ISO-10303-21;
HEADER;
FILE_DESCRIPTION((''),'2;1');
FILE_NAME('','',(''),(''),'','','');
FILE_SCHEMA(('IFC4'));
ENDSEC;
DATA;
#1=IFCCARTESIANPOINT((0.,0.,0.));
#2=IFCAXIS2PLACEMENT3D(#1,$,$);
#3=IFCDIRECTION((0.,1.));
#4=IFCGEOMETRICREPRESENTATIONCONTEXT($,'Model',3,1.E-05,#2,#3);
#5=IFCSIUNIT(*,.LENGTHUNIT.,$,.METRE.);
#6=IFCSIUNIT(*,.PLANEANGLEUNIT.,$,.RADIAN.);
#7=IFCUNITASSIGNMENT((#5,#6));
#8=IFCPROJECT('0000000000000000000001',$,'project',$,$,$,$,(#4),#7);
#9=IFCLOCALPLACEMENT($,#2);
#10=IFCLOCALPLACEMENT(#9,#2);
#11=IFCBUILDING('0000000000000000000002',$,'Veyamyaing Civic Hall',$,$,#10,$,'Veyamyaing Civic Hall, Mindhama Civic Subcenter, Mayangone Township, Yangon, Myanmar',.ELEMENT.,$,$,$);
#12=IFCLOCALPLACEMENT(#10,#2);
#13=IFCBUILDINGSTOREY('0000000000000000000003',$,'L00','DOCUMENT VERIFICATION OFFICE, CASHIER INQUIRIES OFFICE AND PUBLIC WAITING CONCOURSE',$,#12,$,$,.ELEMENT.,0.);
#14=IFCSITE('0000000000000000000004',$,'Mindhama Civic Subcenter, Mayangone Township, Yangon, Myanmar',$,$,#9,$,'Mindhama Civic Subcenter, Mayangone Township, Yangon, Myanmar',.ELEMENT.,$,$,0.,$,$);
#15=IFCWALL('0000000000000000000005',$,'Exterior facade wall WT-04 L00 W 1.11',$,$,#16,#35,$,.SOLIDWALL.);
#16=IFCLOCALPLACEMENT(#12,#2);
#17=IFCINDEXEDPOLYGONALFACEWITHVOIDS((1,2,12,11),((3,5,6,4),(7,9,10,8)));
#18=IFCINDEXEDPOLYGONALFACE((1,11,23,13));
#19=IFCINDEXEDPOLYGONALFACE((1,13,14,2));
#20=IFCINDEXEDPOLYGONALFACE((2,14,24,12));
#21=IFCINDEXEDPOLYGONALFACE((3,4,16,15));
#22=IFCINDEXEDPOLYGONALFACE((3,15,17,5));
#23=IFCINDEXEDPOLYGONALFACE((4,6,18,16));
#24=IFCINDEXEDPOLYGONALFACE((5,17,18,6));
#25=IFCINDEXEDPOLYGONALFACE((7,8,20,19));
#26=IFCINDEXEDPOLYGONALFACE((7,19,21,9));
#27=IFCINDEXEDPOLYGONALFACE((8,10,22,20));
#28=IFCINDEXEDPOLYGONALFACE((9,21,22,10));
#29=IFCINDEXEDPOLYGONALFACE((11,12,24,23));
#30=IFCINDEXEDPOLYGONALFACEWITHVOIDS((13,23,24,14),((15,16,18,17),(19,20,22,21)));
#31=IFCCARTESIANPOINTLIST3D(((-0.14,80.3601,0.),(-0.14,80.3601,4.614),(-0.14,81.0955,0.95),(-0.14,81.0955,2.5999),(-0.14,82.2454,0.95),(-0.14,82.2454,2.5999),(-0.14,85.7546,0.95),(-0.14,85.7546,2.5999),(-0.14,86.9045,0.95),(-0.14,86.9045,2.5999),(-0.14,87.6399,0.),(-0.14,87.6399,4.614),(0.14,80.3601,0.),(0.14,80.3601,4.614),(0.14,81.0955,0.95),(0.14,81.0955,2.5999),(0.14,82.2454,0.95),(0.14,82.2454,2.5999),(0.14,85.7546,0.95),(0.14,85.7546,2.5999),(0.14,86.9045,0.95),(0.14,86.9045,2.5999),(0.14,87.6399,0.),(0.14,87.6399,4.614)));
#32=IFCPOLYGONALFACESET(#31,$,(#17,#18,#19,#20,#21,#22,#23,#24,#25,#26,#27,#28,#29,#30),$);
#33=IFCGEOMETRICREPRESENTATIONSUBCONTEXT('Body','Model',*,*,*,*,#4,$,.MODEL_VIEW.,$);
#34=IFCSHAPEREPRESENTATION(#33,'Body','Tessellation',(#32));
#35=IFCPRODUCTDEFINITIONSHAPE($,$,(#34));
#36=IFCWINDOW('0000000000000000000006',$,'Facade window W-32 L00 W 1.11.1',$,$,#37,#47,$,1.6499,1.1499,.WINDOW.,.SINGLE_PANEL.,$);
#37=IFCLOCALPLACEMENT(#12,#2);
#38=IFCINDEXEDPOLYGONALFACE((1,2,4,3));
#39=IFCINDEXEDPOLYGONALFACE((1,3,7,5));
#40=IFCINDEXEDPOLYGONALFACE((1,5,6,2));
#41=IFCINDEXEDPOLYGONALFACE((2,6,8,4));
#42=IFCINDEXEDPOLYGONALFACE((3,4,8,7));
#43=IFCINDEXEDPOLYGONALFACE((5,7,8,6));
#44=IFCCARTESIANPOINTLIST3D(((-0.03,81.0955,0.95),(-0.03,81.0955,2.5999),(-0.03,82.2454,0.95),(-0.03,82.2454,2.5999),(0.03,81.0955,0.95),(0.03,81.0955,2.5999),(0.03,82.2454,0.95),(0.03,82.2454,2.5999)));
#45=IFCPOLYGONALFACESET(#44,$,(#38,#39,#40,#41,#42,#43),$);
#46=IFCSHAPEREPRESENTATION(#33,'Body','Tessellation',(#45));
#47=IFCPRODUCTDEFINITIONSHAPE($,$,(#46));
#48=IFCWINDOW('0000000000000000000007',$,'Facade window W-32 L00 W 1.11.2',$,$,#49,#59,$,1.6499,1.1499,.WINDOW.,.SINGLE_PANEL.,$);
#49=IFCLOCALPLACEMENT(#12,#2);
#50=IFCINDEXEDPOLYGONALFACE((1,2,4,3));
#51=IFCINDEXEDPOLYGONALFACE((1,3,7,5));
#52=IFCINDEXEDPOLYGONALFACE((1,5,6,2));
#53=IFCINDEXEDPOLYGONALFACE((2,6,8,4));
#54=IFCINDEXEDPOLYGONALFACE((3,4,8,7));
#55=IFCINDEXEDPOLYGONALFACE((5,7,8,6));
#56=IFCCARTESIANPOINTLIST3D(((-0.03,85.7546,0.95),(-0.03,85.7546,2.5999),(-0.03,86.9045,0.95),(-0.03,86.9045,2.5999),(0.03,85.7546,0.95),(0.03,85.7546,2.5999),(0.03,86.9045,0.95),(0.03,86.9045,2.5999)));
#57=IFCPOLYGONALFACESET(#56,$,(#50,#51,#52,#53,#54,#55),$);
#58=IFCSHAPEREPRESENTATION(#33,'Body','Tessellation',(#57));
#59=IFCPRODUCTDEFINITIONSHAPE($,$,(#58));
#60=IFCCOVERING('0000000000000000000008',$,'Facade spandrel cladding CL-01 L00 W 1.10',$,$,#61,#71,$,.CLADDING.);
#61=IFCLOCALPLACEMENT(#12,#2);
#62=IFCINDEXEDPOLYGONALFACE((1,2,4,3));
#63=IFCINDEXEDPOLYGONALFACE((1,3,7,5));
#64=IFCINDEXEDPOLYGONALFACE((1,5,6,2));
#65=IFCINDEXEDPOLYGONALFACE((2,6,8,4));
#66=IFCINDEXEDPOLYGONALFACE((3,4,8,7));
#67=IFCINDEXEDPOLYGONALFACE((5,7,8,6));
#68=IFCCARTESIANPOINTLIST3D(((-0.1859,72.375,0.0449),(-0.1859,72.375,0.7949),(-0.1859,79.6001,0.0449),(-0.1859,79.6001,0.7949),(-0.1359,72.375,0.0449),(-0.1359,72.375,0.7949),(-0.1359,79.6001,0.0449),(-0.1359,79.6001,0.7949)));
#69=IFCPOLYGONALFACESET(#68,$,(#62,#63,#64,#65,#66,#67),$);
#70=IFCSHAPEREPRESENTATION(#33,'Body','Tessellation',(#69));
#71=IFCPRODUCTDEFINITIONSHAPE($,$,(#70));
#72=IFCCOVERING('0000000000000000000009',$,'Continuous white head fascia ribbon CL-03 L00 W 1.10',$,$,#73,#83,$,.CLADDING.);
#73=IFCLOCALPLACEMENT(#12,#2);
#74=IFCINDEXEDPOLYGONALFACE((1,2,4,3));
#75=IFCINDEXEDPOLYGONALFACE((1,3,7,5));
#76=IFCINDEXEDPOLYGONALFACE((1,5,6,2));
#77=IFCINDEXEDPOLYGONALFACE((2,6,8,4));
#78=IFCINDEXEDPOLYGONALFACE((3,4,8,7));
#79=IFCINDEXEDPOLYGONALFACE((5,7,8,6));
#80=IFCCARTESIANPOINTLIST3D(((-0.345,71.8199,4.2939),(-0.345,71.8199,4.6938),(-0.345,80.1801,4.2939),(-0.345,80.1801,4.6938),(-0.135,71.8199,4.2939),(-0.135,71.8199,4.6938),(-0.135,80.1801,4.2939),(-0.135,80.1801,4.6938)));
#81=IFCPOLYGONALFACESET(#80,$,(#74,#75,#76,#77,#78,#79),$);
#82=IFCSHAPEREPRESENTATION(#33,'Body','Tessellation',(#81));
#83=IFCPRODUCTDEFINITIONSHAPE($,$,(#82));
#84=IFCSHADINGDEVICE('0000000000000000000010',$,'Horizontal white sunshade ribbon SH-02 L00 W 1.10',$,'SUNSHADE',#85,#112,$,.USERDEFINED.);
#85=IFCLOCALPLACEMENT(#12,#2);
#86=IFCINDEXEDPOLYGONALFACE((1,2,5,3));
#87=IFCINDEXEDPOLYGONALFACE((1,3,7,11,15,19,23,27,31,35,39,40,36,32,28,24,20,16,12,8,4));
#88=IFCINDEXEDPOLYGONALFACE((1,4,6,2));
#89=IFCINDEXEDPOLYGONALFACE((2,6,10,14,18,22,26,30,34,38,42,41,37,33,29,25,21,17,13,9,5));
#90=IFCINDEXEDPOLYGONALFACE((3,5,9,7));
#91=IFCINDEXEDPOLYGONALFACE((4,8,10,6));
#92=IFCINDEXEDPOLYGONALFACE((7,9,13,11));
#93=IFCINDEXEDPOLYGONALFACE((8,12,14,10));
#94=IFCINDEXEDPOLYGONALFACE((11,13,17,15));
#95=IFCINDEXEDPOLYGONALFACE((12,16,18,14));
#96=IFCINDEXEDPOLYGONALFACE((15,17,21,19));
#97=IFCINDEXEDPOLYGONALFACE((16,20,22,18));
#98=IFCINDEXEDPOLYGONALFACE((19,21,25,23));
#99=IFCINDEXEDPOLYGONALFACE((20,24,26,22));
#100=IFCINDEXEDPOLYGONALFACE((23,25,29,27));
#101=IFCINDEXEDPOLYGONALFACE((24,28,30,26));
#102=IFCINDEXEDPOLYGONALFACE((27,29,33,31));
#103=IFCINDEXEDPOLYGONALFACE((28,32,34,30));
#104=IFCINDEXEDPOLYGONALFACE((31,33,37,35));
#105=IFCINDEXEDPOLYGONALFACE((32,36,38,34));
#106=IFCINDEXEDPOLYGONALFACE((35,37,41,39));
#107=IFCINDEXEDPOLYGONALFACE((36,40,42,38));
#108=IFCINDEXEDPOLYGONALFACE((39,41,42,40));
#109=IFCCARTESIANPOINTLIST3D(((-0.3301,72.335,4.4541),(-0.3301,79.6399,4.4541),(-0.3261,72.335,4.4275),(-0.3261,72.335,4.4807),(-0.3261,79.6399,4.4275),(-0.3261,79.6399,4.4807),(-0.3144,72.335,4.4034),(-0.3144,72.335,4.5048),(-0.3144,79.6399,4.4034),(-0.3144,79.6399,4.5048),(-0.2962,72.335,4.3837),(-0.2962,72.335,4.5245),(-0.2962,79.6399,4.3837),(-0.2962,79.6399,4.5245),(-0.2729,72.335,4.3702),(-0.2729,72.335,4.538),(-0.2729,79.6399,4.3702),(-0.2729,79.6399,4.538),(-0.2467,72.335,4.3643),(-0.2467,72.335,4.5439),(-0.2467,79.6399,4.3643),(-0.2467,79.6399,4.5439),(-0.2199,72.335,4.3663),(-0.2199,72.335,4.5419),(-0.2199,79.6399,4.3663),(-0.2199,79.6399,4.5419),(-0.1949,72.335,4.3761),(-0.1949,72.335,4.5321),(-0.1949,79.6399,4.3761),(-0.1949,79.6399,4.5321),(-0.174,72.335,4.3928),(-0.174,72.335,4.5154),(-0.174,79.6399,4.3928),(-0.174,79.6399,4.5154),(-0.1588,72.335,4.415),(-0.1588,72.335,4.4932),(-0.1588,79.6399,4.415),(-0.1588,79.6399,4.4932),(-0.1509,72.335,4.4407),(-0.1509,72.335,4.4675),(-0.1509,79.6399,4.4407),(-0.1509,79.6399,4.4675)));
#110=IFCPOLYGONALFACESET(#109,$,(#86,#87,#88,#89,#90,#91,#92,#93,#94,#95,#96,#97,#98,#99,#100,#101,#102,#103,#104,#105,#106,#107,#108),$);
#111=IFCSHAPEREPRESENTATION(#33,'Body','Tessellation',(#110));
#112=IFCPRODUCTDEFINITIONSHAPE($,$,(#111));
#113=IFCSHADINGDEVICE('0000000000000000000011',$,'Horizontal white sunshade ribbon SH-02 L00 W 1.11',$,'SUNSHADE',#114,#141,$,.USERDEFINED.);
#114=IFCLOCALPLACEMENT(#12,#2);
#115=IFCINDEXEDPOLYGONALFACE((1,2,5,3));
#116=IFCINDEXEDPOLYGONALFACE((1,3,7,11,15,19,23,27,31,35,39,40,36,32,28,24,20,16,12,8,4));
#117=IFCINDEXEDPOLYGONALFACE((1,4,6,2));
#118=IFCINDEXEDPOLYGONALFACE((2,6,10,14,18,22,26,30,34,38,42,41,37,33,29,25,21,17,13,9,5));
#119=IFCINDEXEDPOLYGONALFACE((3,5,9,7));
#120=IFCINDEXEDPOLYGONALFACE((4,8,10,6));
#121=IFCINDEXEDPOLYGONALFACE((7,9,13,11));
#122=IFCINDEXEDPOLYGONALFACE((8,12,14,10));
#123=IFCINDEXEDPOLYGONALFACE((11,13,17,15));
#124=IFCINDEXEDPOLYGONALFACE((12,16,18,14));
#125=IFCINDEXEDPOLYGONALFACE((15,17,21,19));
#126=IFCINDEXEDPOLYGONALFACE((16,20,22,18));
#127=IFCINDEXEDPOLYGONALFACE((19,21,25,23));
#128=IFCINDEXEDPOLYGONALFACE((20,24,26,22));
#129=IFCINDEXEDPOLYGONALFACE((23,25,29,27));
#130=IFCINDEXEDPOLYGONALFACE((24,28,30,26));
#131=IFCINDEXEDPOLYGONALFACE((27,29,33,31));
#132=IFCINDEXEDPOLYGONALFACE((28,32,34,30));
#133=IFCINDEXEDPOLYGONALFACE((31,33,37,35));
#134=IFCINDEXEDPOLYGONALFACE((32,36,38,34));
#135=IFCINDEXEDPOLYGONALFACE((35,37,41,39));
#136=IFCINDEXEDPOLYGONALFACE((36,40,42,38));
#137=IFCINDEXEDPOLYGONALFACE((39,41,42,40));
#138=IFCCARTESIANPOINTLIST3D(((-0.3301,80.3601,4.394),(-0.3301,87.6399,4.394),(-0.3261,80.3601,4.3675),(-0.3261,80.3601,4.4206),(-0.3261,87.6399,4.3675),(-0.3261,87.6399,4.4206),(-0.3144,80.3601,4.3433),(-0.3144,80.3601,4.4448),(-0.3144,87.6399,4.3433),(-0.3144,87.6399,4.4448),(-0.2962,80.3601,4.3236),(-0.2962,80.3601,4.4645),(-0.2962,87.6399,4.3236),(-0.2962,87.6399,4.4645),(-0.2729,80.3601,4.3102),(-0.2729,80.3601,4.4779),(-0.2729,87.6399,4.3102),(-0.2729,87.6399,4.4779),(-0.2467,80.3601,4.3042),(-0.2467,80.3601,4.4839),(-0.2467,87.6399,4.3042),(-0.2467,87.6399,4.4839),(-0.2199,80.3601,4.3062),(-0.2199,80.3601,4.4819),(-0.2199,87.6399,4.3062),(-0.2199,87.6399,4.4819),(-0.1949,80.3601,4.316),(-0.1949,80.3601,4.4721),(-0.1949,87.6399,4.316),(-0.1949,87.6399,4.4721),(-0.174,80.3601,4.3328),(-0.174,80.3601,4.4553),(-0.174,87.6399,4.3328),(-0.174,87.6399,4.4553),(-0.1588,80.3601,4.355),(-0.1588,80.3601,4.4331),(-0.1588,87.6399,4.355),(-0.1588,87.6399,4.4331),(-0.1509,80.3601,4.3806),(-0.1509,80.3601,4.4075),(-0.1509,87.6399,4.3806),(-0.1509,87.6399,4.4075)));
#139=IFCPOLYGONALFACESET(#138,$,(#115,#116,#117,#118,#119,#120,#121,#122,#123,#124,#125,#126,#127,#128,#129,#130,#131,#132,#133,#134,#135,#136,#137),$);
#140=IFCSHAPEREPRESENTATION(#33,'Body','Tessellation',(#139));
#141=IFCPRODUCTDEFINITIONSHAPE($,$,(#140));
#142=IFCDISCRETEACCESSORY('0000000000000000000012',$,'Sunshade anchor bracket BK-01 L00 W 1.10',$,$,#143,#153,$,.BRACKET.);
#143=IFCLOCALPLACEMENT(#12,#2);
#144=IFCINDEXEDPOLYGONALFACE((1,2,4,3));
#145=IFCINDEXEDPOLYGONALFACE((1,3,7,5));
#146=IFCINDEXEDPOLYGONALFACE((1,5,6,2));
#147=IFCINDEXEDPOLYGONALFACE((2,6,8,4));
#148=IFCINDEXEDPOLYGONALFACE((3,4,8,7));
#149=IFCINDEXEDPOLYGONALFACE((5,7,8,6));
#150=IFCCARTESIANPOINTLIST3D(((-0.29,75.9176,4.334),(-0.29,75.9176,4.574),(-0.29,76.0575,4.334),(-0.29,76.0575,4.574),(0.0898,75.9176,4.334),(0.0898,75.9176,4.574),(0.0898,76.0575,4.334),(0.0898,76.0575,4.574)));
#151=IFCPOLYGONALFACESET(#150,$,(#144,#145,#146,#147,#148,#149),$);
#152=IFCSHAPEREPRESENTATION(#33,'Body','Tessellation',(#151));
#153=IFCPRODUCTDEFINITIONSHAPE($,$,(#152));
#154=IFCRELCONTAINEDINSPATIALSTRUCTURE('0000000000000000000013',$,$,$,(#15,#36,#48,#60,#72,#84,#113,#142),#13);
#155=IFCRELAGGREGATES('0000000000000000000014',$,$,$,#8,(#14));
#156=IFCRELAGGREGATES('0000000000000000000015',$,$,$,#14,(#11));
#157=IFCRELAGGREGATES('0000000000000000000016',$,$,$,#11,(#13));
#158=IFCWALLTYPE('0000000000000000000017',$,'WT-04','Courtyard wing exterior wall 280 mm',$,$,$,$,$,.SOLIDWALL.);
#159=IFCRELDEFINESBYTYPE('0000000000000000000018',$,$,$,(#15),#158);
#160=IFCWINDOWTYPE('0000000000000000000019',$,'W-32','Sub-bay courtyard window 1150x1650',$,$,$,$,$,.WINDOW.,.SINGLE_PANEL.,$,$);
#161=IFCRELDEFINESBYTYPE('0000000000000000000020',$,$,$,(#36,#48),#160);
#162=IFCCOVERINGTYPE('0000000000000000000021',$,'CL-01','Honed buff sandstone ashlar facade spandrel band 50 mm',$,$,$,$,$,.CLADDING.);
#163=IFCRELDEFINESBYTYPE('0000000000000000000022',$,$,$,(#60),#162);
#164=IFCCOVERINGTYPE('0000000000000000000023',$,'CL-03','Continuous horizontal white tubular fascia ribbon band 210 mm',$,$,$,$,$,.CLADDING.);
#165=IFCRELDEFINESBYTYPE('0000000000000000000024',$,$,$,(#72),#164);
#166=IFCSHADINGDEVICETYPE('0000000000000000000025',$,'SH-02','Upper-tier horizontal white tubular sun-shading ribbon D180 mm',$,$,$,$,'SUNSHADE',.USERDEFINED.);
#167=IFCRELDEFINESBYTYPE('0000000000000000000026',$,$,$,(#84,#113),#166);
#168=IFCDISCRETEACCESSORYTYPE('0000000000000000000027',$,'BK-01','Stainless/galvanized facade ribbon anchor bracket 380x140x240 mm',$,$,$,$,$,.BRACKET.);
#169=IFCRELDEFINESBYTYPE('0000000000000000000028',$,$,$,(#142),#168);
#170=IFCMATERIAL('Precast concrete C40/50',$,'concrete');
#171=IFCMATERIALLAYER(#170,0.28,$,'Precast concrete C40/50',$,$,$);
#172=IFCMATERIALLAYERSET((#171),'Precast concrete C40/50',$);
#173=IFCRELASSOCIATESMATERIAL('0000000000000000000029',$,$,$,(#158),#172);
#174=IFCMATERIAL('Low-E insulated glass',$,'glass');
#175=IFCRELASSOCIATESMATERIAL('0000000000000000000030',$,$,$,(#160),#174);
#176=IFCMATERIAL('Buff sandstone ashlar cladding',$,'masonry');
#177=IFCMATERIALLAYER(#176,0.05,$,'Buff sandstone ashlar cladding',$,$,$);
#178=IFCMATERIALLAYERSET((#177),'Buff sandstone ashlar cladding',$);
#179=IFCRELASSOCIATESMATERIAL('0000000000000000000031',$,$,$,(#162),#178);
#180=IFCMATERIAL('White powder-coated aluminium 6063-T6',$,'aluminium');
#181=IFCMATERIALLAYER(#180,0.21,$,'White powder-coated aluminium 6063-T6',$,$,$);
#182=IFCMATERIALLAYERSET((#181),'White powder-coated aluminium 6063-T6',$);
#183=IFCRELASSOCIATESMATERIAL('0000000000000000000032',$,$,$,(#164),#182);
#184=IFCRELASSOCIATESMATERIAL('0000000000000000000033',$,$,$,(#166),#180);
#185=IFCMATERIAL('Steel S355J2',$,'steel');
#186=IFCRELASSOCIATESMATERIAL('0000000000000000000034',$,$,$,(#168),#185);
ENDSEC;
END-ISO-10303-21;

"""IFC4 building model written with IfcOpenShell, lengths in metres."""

from ifc_helpers import new_model, si_unit, direction, frame, frame_2d, origin, origin_2d, place, context, subcontext, project, spatial, rectangle, circle, extrude, material, layer, layer_set, material_profile, profile_set, type_object, element, fill, save


model = new_model("IFC4")

# Units and contexts
model_context = context("Model", 3, precision=1e-05, world=origin(), true_north=direction((0.0, 1.0)))
body_context = subcontext(model_context, "Body", "Model", "MODEL_VIEW")
ifc_project = project(units=[si_unit("LENGTHUNIT", "METRE"), si_unit("PLANEANGLEUNIT", "RADIAN")], contexts=[model_context])

# Site, building, storey
site_placement = place(None, origin())
site = spatial("IfcSite", under=ifc_project, at=site_placement, Name="Mindhama Civic Subcenter, Mayangone Township, Yangon, Myanmar", LongName="Mindhama Civic Subcenter, Mayangone Township, Yangon, Myanmar", CompositionType="ELEMENT", RefElevation=0.0)
building_placement = place(site_placement, origin())
building = spatial("IfcBuilding", under=site, at=building_placement, Name="Veyamyaing Civic Hall", LongName="Veyamyaing Civic Hall, Mindhama Civic Subcenter, Mayangone Township, Yangon, Myanmar", CompositionType="ELEMENT")
storey_placement = place(building_placement, origin())
storey = spatial("IfcBuildingStorey", under=building, at=storey_placement, Name="L00", Description="DOCUMENT VERIFICATION OFFICE, CASHIER INQUIRIES OFFICE AND PUBLIC WAITING CONCOURSE", CompositionType="ELEMENT", Elevation=0.0)

# Shared definitions
ifc_material_1 = material(Name="Low-E insulated glass", Category="glass")

# Shared definitions
ifc_material_2 = material(Name="Precast concrete C40/50", Category="concrete")
ifc_layer_1 = layer(ifc_material_2, 0.28, Name="Precast concrete C40/50")
ifc_layer_set_1 = layer_set([ifc_layer_1], Name="Precast concrete C40/50")
wall_type = type_object("IfcWallType", Name="WT-04", Description="Courtyard wing exterior wall 280 mm", PredefinedType="SOLIDWALL", material=ifc_layer_set_1)

# Wall, openings, windows
wall_1_placement = place(storey_placement, frame((0.0, 80.3601, 0.0), z_axis=(0.0, 0.0, 1.0), x_axis=(0.0, 1.0, 0.0)))
wall_1 = element("IfcWall", 1, at=wall_1_placement, inside=storey, type_object=wall_type, Name="Exterior facade wall WT-04 L00 W 1.11", PredefinedType="SOLIDWALL", context=body_context, shape_type="SweptSolid", body=[
    extrude(rectangle(XDim=7.2798, YDim=0.28, at=frame_2d((3.6399, 0.0))), origin(), (0.0, 0.0, 1.0), 4.614),
])
opening_1_placement = place(wall_1_placement, frame((0.7354, 0.0, 0.95)))
opening_1 = element("IfcOpeningElement", 2, at=opening_1_placement, cuts=wall_1, PredefinedType="OPENING", context=body_context, shape_type="SweptSolid", body=[
    extrude(rectangle(XDim=1.1499, YDim=1.6499, at=frame_2d((0.575, 0.825))), frame((0.0, 0.1499, 0.0), z_axis=(0.0, -1.0, 0.0), x_axis=(1.0, 0.0, 0.0)), (0.0, 0.0, 1.0), 0.3),
])
opening_2_placement = place(wall_1_placement, frame((5.3945, 0.0, 0.95)))
opening_2 = element("IfcOpeningElement", 3, at=opening_2_placement, cuts=wall_1, PredefinedType="OPENING", context=body_context, shape_type="SweptSolid", body=[
    extrude(rectangle(XDim=1.1499, YDim=1.6499, at=frame_2d((0.575, 0.825))), frame((0.0, 0.1499, 0.0), z_axis=(0.0, -1.0, 0.0), x_axis=(1.0, 0.0, 0.0)), (0.0, 0.0, 1.0), 0.3),
])
window_type_1 = type_object("IfcWindowType", Name="W-32", Description="Sub-bay courtyard window 1150x1650", PartitioningType="SINGLE_PANEL", PredefinedType="WINDOW", material=ifc_material_1)
window_1_placement = place(opening_1_placement, origin())
window_1 = element("IfcWindow", 4, at=window_1_placement, inside=storey, type_object=window_type_1, Name="Facade window W-32 L00 W 1.11.1", OverallHeight=1.6499, OverallWidth=1.1499, PartitioningType="SINGLE_PANEL", PredefinedType="WINDOW", context=body_context, shape_type="SweptSolid", body=[
    extrude(rectangle(XDim=1.1499, YDim=1.6499, at=frame_2d((0.575, 0.825))), frame((0.0, 0.03, 0.0), z_axis=(0.0, -1.0, 0.0), x_axis=(1.0, 0.0, 0.0)), (0.0, 0.0, 1.0), 0.0601),
])
fill(opening_1, window_1)
window_2_placement = place(opening_2_placement, origin())
window_2 = element("IfcWindow", 5, at=window_2_placement, inside=storey, type_object=window_type_1, Name="Facade window W-32 L00 W 1.11.2", OverallHeight=1.6499, OverallWidth=1.1499, PartitioningType="SINGLE_PANEL", PredefinedType="WINDOW", context=body_context, shape_type="SweptSolid", body=[
    extrude(rectangle(XDim=1.1499, YDim=1.6499, at=frame_2d((0.575, 0.825))), frame((0.0, 0.03, 0.0), z_axis=(0.0, -1.0, 0.0), x_axis=(1.0, 0.0, 0.0)), (0.0, 0.0, 1.0), 0.0601),
])
fill(opening_2, window_2)

# Coverings
ifc_material_3 = material(Name="Buff sandstone ashlar cladding", Category="masonry")
ifc_layer_2 = layer(ifc_material_3, 0.05, Name="Buff sandstone ashlar cladding")
ifc_layer_set_2 = layer_set([ifc_layer_2], Name="Buff sandstone ashlar cladding")
covering_type_1 = type_object("IfcCoveringType", Name="CL-01", Description="Honed buff sandstone ashlar facade spandrel band 50 mm", PredefinedType="CLADDING", material=ifc_layer_set_2)
covering_1_placement = place(storey_placement, frame((-0.1609, 75.9875, 0.0449), z_axis=(0.0, 0.0, 1.0), x_axis=(0.0, 1.0, 0.0)))
element("IfcCovering", 6, at=covering_1_placement, inside=storey, type_object=covering_type_1, Name="Facade spandrel cladding CL-01 L00 W 1.10", PredefinedType="CLADDING", context=body_context, shape_type="SweptSolid", body=[
    extrude(rectangle(XDim=7.2251, YDim=0.05, at=origin_2d()), origin(), (0.0, 0.0, 1.0), 0.75),
])
ifc_material_4 = material(Name="White powder-coated aluminium 6063-T6", Category="aluminium")
ifc_layer_3 = layer(ifc_material_4, 0.21, Name="White powder-coated aluminium 6063-T6")
ifc_layer_set_3 = layer_set([ifc_layer_3], Name="White powder-coated aluminium 6063-T6")
covering_type_2 = type_object("IfcCoveringType", Name="CL-03", Description="Continuous horizontal white tubular fascia ribbon band 210 mm", PredefinedType="CLADDING", material=ifc_layer_set_3)
covering_2_placement = place(storey_placement, frame((-0.24, 76.0, 4.2939), z_axis=(0.0, 0.0, 1.0), x_axis=(0.0, 1.0, 0.0)))
element("IfcCovering", 7, at=covering_2_placement, inside=storey, type_object=covering_type_2, Name="Continuous white head fascia ribbon CL-03 L00 W 1.10", PredefinedType="CLADDING", context=body_context, shape_type="SweptSolid", body=[
    extrude(rectangle(XDim=8.3601, YDim=0.21, at=origin_2d()), origin(), (0.0, 0.0, 1.0), 0.3999),
])

# Shading devices
ifc_material_profile_1 = material_profile(ifc_material_4, circle(Radius=0.0901, at=origin_2d()), Name="SHADE-TUBE-180")
ifc_profile_set_1 = profile_set([ifc_material_profile_1], Name="White powder-coated aluminium 6063-T6")
shading_device_type = type_object("IfcShadingDeviceType", Name="SH-02", Description="Upper-tier horizontal white tubular sun-shading ribbon D180 mm", ElementType="SUNSHADE", PredefinedType="USERDEFINED", material=ifc_profile_set_1)
shading_device_1_placement = place(storey_placement, frame((-0.24, 72.335, 4.4541), z_axis=(0.0, 1.0, 0.0), x_axis=(-1.0, 0.0, 0.0)))
element("IfcShadingDevice", 8, at=shading_device_1_placement, inside=storey, type_object=shading_device_type, Name="Horizontal white sunshade ribbon SH-02 L00 W 1.10", ObjectType="SUNSHADE", PredefinedType="USERDEFINED", context=body_context, shape_type="SweptSolid", body=[
    extrude(circle(Radius=0.0901, at=origin_2d()), origin(), (0.0, 0.0, 1.0), 7.3049),
])
shading_device_2_placement = place(storey_placement, frame((-0.24, 80.3601, 4.394), z_axis=(0.0, 1.0, 0.0), x_axis=(-1.0, 0.0, 0.0)))
element("IfcShadingDevice", 9, at=shading_device_2_placement, inside=storey, type_object=shading_device_type, Name="Horizontal white sunshade ribbon SH-02 L00 W 1.11", ObjectType="SUNSHADE", PredefinedType="USERDEFINED", context=body_context, shape_type="SweptSolid", body=[
    extrude(circle(Radius=0.0901, at=origin_2d()), origin(), (0.0, 0.0, 1.0), 7.2798),
])

# Discrete accessory
ifc_material_5 = material(Name="Steel S355J2", Category="steel")
discrete_accessory_type = type_object("IfcDiscreteAccessoryType", Name="BK-01", Description="Stainless/galvanized facade ribbon anchor bracket 380x140x240 mm", PredefinedType="BRACKET", material=ifc_material_5)
discrete_accessory_placement = place(storey_placement, frame((-0.1001, 75.9875, 4.334), z_axis=(0.0, 0.0, 1.0), x_axis=(-1.0, 0.0, 0.0)))
element("IfcDiscreteAccessory", 10, at=discrete_accessory_placement, inside=storey, type_object=discrete_accessory_type, Name="Sunshade anchor bracket BK-01 L00 W 1.10", PredefinedType="BRACKET", context=body_context, shape_type="SweptSolid", body=[
    extrude(rectangle(XDim=0.3799, YDim=0.1399, at=origin_2d()), origin(), (0.0, 0.0, 1.0), 0.24),
])

save(model, "model.ifc")
